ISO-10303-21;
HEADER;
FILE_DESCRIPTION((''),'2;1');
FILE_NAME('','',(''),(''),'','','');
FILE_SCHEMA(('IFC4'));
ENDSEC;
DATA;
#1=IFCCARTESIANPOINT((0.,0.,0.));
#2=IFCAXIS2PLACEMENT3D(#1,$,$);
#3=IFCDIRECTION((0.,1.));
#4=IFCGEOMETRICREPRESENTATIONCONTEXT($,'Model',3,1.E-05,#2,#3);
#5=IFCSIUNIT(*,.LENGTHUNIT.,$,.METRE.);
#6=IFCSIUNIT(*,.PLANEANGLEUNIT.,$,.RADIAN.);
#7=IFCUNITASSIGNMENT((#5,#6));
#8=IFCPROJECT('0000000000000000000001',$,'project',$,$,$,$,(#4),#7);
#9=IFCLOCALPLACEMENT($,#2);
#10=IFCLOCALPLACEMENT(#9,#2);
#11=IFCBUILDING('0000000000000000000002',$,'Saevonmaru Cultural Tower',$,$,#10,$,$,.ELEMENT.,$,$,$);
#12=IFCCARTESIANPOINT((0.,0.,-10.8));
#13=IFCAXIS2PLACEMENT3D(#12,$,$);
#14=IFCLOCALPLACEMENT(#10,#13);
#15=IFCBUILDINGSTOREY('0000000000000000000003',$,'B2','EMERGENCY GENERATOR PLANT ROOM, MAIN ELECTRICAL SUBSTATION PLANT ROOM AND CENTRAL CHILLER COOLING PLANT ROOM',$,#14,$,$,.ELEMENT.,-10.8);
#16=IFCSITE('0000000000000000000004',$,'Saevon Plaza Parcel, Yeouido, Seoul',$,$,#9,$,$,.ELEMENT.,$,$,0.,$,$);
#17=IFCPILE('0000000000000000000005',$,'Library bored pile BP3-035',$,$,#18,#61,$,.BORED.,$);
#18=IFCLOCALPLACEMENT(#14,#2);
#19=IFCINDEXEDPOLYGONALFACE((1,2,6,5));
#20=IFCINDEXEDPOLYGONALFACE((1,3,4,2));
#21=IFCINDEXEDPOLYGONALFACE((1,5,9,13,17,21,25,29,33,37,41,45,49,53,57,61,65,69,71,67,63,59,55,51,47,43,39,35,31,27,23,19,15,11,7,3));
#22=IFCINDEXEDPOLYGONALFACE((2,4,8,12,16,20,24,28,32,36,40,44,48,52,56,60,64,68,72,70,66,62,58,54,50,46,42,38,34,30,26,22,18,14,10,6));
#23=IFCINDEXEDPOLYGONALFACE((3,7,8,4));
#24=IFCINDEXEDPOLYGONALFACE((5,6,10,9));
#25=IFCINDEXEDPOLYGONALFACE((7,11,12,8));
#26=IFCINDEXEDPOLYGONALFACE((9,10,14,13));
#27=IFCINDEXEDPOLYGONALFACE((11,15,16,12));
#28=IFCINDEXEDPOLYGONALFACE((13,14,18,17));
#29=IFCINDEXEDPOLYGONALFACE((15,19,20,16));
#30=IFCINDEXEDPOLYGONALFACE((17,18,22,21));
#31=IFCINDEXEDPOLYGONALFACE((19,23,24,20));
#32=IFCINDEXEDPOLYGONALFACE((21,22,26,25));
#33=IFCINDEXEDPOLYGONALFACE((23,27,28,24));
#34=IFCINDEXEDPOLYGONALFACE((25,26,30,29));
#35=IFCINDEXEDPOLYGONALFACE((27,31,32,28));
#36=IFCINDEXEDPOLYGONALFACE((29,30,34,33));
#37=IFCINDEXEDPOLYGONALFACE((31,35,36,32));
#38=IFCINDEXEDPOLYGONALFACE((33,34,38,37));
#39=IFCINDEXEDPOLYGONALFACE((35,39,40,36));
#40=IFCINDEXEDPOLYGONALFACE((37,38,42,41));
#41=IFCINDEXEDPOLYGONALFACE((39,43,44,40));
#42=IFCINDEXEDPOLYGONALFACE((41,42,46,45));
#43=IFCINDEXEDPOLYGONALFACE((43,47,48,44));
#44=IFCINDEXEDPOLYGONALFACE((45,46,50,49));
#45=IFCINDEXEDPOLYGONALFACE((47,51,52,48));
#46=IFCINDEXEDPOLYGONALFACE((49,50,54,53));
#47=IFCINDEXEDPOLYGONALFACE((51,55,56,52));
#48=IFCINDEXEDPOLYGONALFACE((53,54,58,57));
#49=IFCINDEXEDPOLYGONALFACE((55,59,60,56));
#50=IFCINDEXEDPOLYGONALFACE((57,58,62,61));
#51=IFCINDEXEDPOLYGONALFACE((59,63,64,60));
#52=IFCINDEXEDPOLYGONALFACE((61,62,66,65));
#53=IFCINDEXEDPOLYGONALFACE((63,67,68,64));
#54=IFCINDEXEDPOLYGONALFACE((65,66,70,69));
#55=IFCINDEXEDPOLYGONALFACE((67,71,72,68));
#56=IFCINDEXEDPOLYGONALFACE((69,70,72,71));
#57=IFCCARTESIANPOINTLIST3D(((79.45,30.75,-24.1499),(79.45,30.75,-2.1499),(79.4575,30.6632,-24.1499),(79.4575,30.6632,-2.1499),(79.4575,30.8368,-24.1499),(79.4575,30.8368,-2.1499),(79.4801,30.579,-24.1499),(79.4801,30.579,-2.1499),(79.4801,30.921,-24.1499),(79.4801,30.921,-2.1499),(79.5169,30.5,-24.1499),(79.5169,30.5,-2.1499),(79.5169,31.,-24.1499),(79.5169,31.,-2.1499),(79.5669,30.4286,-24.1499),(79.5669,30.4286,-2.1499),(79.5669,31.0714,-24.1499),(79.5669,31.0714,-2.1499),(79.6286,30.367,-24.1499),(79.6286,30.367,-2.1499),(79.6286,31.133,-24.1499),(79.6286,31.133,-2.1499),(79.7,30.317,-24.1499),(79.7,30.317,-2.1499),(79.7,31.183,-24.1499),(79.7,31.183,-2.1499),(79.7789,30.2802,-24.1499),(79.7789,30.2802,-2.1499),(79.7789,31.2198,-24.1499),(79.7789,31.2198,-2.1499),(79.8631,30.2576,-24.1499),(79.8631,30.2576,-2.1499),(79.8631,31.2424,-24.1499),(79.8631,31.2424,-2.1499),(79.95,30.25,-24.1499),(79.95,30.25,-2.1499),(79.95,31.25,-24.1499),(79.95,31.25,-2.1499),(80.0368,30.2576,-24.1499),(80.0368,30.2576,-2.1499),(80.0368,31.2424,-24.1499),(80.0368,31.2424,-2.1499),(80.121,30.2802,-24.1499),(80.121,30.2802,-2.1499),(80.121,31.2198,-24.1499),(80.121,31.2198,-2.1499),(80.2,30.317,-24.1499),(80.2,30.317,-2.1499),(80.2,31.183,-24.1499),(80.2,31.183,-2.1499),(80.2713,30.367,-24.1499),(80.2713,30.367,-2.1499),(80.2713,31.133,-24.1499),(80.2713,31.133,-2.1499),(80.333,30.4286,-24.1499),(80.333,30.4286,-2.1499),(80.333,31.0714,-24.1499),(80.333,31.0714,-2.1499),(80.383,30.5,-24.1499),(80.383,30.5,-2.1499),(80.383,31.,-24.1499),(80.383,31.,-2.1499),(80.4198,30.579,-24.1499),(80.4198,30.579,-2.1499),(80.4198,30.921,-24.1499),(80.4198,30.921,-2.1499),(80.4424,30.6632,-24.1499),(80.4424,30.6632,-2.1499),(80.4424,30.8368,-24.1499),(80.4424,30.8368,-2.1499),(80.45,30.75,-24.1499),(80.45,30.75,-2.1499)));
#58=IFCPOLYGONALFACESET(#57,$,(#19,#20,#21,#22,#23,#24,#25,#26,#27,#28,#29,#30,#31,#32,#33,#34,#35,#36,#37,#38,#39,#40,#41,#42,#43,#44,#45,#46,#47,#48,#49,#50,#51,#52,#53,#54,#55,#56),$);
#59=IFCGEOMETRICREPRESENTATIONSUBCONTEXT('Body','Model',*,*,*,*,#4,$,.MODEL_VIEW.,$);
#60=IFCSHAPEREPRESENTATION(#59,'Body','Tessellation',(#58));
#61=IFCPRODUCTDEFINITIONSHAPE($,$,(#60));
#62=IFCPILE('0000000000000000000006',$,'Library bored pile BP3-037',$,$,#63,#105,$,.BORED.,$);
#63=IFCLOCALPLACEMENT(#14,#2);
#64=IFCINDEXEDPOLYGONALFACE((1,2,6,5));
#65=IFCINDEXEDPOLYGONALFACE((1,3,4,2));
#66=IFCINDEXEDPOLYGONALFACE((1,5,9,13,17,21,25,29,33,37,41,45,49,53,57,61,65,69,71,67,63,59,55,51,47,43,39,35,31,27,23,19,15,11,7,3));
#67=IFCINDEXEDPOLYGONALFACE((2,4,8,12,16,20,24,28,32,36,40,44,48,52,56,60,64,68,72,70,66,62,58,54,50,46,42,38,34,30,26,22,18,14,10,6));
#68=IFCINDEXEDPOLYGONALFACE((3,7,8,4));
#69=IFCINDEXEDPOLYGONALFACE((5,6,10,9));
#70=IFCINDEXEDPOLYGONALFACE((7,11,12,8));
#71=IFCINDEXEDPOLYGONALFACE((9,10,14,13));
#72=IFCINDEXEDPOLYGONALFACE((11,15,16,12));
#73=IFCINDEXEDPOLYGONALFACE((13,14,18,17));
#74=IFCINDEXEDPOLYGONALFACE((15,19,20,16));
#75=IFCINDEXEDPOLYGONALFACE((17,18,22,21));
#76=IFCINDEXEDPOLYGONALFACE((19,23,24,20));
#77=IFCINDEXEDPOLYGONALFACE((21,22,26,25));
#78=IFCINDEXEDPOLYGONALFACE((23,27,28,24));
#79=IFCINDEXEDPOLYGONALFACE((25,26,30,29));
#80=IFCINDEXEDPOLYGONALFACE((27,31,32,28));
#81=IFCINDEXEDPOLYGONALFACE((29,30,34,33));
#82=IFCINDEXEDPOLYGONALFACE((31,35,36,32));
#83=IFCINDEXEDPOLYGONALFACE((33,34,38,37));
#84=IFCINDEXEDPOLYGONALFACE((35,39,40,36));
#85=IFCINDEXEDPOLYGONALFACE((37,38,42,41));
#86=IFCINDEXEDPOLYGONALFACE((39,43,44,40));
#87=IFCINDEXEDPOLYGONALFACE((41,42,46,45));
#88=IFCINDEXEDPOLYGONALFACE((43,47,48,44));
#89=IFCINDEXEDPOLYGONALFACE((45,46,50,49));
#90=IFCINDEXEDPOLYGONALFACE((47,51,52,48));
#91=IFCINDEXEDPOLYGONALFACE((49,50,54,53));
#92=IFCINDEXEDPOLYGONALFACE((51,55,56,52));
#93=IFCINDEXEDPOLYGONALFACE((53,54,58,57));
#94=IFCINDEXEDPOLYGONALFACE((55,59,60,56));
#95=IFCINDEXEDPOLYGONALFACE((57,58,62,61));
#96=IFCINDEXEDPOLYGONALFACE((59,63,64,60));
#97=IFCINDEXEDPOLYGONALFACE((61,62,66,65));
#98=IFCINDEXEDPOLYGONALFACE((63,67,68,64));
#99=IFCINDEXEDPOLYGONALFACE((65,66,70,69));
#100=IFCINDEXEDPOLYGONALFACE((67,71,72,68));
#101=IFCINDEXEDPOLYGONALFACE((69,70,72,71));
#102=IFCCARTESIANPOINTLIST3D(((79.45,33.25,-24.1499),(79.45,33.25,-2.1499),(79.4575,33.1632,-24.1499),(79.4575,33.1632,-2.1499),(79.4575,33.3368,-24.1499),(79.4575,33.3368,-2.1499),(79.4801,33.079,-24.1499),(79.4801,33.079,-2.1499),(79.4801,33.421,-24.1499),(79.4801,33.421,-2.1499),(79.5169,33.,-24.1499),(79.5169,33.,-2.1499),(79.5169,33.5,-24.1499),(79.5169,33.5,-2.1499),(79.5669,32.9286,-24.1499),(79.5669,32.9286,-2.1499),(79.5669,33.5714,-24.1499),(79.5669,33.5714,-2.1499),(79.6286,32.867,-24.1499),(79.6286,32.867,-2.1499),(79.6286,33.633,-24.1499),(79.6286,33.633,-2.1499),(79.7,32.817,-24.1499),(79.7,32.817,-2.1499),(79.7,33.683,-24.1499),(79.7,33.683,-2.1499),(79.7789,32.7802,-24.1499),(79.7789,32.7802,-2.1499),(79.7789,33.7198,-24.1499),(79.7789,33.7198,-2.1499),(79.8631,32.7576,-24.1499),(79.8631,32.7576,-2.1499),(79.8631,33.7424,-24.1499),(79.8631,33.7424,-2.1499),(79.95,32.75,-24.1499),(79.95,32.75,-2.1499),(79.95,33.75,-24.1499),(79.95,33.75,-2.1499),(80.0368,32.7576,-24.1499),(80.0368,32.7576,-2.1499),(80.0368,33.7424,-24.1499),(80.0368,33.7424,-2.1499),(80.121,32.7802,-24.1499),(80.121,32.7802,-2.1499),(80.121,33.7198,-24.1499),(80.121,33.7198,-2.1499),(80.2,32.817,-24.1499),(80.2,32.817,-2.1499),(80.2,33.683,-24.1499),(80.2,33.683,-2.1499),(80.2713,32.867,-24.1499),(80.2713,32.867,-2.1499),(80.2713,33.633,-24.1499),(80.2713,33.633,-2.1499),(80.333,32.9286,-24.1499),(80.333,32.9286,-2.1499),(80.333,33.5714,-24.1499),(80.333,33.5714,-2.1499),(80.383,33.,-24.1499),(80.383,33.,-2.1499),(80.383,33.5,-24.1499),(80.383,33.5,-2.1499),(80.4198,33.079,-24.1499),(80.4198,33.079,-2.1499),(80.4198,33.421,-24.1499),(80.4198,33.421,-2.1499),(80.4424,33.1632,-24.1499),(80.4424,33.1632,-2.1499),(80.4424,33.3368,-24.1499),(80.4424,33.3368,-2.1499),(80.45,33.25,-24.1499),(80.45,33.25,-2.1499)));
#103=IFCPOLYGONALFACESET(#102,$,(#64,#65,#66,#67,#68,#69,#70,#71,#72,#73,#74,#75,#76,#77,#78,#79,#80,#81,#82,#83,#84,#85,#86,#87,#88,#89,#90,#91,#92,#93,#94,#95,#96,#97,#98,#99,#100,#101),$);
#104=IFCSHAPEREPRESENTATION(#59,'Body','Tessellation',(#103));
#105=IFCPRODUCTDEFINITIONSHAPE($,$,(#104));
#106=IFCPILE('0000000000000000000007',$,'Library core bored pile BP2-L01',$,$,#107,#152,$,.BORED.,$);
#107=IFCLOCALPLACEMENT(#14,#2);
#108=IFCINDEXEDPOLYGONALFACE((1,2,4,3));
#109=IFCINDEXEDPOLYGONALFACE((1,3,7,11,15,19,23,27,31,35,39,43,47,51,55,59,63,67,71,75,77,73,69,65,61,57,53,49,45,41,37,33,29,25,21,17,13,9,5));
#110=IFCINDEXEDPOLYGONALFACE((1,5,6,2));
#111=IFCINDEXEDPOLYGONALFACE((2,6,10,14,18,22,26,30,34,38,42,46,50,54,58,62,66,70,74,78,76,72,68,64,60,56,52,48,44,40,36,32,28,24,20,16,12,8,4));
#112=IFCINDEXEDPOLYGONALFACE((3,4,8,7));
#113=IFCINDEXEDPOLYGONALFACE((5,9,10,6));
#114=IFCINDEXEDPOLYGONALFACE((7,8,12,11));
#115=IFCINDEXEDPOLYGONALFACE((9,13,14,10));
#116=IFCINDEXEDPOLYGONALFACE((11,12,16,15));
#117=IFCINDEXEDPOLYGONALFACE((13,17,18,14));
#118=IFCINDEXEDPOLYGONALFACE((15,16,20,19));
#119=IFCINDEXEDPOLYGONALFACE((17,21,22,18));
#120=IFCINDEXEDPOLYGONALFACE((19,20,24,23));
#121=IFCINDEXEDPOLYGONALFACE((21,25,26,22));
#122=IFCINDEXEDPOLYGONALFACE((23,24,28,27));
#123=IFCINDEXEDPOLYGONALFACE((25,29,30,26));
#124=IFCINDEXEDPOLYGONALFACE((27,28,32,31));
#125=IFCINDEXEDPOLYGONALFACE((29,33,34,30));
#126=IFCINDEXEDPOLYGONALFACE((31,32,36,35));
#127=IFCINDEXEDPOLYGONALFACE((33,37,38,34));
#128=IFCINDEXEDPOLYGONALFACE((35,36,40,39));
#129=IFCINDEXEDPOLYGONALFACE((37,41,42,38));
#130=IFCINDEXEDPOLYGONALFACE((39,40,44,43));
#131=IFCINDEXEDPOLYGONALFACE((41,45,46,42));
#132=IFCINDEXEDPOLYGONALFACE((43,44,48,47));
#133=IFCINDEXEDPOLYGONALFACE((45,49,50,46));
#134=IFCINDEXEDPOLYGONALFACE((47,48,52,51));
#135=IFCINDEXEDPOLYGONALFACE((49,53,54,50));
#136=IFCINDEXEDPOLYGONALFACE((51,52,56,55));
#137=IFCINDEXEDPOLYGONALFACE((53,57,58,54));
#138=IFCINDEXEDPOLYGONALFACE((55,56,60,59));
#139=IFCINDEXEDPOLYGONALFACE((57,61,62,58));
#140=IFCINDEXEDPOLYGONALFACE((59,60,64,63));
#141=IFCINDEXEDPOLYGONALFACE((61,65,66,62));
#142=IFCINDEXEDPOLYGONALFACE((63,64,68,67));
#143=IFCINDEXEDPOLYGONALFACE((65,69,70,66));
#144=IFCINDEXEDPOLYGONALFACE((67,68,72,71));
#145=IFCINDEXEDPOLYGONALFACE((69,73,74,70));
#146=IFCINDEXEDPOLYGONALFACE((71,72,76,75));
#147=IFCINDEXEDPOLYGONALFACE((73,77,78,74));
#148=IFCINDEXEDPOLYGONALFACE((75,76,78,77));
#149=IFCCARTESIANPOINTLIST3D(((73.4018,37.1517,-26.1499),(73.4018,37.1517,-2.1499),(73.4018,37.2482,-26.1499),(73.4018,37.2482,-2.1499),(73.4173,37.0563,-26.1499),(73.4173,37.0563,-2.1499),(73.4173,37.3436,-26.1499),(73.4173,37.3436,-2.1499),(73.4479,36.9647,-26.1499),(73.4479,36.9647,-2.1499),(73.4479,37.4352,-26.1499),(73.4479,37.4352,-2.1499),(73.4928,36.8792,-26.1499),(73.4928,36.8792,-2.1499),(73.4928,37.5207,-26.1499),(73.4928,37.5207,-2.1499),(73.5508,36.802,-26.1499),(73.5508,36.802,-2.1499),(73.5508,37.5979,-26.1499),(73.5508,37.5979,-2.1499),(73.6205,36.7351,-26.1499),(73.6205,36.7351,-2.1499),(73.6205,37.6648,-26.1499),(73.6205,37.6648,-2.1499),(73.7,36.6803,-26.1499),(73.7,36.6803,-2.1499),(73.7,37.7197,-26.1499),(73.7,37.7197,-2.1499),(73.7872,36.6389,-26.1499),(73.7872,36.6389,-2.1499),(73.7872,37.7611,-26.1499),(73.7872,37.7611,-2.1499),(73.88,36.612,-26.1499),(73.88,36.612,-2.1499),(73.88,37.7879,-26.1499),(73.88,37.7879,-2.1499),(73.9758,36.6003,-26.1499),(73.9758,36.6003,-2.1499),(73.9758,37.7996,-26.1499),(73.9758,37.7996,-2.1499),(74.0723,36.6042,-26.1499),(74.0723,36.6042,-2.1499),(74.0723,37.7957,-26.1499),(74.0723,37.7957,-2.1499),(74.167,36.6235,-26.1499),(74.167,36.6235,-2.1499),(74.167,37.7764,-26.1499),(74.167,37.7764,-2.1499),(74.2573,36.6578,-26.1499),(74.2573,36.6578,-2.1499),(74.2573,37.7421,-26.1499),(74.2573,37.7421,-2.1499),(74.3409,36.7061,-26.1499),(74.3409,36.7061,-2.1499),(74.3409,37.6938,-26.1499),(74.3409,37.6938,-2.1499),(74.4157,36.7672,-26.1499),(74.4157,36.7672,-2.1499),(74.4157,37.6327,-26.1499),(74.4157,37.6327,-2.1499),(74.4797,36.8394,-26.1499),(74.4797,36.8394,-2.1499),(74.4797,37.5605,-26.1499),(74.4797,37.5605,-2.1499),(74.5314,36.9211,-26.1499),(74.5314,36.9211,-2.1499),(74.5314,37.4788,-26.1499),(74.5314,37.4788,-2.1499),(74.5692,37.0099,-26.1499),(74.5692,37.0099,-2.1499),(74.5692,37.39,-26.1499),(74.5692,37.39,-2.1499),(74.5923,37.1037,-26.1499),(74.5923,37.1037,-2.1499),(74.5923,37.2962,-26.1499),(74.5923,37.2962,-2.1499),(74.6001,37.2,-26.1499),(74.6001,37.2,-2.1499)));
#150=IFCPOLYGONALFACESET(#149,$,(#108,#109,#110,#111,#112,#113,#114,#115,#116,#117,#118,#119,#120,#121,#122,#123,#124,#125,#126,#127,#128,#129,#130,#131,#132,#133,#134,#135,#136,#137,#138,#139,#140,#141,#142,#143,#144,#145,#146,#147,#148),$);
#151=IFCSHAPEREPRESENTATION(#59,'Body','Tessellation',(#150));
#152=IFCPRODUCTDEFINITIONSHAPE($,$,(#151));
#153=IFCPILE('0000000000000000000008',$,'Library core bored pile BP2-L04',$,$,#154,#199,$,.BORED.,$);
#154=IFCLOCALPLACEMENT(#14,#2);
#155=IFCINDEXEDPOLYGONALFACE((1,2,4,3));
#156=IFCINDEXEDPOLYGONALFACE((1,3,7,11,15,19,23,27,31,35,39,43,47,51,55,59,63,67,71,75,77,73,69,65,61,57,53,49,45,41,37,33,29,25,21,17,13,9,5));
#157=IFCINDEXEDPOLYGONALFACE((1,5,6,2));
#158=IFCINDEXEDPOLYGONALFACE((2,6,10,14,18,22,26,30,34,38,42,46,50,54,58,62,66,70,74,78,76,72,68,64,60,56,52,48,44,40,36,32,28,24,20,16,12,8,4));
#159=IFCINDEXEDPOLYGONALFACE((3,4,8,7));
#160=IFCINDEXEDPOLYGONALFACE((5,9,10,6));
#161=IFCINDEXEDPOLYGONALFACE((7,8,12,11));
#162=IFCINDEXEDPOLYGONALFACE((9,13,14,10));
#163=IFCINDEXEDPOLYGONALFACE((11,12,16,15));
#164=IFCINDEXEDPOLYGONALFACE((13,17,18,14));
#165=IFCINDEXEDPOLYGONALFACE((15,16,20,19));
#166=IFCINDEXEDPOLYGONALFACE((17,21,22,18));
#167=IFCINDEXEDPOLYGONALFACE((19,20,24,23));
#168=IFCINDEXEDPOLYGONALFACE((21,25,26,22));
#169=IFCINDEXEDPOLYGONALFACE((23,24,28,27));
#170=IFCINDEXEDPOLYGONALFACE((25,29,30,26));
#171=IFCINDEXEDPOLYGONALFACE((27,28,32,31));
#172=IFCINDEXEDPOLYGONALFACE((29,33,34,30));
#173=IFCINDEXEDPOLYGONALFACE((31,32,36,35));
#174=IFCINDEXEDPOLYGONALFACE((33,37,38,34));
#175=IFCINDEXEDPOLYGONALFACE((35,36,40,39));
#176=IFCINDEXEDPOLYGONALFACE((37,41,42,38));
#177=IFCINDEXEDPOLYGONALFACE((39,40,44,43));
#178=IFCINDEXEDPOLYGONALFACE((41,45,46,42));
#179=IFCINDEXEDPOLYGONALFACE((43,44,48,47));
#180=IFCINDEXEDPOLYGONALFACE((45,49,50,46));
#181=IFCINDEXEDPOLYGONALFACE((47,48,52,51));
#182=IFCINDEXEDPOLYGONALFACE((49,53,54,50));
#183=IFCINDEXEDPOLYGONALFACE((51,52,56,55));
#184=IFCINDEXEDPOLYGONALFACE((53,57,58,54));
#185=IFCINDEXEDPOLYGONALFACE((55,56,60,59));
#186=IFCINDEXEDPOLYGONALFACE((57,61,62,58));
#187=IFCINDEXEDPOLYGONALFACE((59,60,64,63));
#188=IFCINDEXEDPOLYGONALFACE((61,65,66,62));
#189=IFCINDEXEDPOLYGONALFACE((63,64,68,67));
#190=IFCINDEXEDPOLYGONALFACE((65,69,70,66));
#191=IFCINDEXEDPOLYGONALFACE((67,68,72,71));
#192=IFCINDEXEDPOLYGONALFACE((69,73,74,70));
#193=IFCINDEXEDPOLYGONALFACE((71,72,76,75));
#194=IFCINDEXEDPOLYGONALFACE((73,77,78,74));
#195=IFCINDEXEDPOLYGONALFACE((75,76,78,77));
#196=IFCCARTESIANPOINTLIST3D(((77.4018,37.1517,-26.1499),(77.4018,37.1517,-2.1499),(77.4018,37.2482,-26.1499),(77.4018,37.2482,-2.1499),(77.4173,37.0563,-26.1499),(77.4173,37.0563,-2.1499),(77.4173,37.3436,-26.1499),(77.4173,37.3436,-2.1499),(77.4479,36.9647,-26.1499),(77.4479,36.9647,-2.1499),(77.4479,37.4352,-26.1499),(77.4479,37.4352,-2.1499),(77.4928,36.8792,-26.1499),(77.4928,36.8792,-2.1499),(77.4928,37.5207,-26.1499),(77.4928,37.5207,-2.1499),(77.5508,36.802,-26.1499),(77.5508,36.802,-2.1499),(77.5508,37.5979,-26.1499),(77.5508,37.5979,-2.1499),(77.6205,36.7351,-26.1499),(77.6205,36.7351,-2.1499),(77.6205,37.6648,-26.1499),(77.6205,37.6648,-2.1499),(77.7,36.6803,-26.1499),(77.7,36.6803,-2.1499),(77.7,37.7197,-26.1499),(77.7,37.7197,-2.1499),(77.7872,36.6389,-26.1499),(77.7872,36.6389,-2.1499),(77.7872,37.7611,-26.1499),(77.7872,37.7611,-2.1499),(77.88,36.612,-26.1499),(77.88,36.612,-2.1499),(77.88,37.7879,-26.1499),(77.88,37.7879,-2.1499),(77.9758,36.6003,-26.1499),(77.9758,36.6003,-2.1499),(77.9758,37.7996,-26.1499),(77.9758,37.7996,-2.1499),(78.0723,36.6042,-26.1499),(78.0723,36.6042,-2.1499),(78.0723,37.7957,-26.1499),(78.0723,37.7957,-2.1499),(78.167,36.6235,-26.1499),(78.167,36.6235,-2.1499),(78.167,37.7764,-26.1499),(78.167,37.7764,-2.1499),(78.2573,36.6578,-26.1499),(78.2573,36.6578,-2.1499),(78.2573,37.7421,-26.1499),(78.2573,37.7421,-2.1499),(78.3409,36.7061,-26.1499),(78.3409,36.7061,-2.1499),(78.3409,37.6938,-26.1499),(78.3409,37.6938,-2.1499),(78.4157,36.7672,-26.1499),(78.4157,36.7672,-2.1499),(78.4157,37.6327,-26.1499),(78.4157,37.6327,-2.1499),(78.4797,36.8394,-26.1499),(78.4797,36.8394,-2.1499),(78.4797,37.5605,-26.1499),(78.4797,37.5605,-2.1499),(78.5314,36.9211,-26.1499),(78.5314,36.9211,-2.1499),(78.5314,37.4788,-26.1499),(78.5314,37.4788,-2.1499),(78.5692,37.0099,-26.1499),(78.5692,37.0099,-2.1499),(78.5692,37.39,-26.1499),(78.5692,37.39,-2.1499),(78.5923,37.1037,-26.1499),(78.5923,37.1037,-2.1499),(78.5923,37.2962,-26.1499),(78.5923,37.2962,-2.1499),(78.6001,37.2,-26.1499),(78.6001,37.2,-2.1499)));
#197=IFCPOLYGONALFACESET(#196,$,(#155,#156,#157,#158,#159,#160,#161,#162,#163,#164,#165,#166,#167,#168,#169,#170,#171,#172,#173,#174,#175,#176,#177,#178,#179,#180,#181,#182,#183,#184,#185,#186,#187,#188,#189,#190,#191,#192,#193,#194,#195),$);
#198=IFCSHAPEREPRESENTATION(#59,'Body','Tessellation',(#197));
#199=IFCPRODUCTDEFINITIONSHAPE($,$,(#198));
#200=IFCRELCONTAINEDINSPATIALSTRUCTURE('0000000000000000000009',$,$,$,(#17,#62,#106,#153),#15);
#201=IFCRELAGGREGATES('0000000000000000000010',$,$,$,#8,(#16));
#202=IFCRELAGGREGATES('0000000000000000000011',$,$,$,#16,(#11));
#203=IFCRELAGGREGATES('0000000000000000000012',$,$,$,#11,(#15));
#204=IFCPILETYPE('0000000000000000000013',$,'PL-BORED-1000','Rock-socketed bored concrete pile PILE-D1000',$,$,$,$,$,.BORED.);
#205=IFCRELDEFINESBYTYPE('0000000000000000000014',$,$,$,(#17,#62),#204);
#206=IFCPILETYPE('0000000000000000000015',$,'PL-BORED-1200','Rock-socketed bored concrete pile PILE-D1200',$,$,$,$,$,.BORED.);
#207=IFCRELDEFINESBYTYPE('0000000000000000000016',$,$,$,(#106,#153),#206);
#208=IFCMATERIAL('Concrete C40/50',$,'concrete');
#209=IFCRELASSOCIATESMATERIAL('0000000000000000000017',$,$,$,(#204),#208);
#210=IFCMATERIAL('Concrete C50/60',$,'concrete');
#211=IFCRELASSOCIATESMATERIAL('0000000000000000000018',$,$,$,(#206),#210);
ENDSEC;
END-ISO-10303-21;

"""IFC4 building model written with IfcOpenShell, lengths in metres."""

from ifc_helpers import new_model, si_unit, direction, frame, origin, origin_2d, place, context, subcontext, project, spatial, circle, extrude, material, material_profile, profile_set, type_object, element, save


model = new_model("IFC4")

# Units and contexts
model_context = context("Model", 3, precision=1e-05, world=origin(), true_north=direction((0.0, 1.0)))
body_context = subcontext(model_context, "Body", "Model", "MODEL_VIEW")
ifc_project = project(units=[si_unit("LENGTHUNIT", "METRE"), si_unit("PLANEANGLEUNIT", "RADIAN")], contexts=[model_context])

# Site, building, storey
site_placement = place(None, origin())
site = spatial("IfcSite", under=ifc_project, at=site_placement, Name="Saevon Plaza Parcel, Yeouido, Seoul", CompositionType="ELEMENT", RefElevation=0.0)
building_placement = place(site_placement, origin())
building = spatial("IfcBuilding", under=site, at=building_placement, Name="Saevonmaru Cultural Tower", CompositionType="ELEMENT")
storey_placement = place(building_placement, frame((0.0, 0.0, -10.8)))
storey = spatial("IfcBuildingStorey", under=building, at=storey_placement, Name="B2", Description="EMERGENCY GENERATOR PLANT ROOM, MAIN ELECTRICAL SUBSTATION PLANT ROOM AND CENTRAL CHILLER COOLING PLANT ROOM", CompositionType="ELEMENT", Elevation=-10.8)

# Shared definitions
ifc_material_1 = material(Name="Concrete C50/60", Category="concrete")

# Piles
ifc_material_2 = material(Name="Concrete C40/50", Category="concrete")
ifc_material_profile_1 = material_profile(ifc_material_2, circle(Radius=0.5, at=origin_2d()), Name="PILE-D1000")
ifc_profile_set_1 = profile_set([ifc_material_profile_1], Name="Concrete C40/50")
pile_type_1 = type_object("IfcPileType", Name="PL-BORED-1000", Description="Rock-socketed bored concrete pile PILE-D1000", PredefinedType="BORED", material=ifc_profile_set_1)
for number, where, z_axis, x_axis, name in (
    (1, (79.95, 30.75, -2.1499), (0.0, 0.0, -1.0), (1.0, 0.0, 0.0), "Library bored pile BP3-035"),
    (2, (79.95, 33.25, -2.1499), (0.0, 0.0, -1.0), (1.0, 0.0, 0.0), "Library bored pile BP3-037"),
):
    element("IfcPile", number, at=place(storey_placement, frame(where, z_axis=z_axis, x_axis=x_axis)), inside=storey, type_object=pile_type_1, Name=name, PredefinedType="BORED", context=body_context, shape_type="SweptSolid", body=[
        extrude(circle(Radius=0.5, at=origin_2d()), origin(), (0.0, 0.0, 1.0), 22.0),
    ])
ifc_material_profile_2 = material_profile(ifc_material_1, circle(Radius=0.6001, at=origin_2d()), Name="PILE-D1200")
ifc_profile_set_2 = profile_set([ifc_material_profile_2], Name="Concrete C50/60")
pile_type_2 = type_object("IfcPileType", Name="PL-BORED-1200", Description="Rock-socketed bored concrete pile PILE-D1200", PredefinedType="BORED", material=ifc_profile_set_2)
for number, where, z_axis, x_axis, name in (
    (3, (74.0, 37.2, -2.1499), (0.0, 0.0, -1.0), (1.0, 0.0, 0.0), "Library core bored pile BP2-L01"),
    (4, (78.0, 37.2, -2.1499), (0.0, 0.0, -1.0), (1.0, 0.0, 0.0), "Library core bored pile BP2-L04"),
):
    element("IfcPile", number, at=place(storey_placement, frame(where, z_axis=z_axis, x_axis=x_axis)), inside=storey, type_object=pile_type_2, Name=name, PredefinedType="BORED", context=body_context, shape_type="SweptSolid", body=[
        extrude(circle(Radius=0.6001, at=origin_2d()), origin(), (0.0, 0.0, 1.0), 24.0),
    ])

save(model, "model.ifc")
